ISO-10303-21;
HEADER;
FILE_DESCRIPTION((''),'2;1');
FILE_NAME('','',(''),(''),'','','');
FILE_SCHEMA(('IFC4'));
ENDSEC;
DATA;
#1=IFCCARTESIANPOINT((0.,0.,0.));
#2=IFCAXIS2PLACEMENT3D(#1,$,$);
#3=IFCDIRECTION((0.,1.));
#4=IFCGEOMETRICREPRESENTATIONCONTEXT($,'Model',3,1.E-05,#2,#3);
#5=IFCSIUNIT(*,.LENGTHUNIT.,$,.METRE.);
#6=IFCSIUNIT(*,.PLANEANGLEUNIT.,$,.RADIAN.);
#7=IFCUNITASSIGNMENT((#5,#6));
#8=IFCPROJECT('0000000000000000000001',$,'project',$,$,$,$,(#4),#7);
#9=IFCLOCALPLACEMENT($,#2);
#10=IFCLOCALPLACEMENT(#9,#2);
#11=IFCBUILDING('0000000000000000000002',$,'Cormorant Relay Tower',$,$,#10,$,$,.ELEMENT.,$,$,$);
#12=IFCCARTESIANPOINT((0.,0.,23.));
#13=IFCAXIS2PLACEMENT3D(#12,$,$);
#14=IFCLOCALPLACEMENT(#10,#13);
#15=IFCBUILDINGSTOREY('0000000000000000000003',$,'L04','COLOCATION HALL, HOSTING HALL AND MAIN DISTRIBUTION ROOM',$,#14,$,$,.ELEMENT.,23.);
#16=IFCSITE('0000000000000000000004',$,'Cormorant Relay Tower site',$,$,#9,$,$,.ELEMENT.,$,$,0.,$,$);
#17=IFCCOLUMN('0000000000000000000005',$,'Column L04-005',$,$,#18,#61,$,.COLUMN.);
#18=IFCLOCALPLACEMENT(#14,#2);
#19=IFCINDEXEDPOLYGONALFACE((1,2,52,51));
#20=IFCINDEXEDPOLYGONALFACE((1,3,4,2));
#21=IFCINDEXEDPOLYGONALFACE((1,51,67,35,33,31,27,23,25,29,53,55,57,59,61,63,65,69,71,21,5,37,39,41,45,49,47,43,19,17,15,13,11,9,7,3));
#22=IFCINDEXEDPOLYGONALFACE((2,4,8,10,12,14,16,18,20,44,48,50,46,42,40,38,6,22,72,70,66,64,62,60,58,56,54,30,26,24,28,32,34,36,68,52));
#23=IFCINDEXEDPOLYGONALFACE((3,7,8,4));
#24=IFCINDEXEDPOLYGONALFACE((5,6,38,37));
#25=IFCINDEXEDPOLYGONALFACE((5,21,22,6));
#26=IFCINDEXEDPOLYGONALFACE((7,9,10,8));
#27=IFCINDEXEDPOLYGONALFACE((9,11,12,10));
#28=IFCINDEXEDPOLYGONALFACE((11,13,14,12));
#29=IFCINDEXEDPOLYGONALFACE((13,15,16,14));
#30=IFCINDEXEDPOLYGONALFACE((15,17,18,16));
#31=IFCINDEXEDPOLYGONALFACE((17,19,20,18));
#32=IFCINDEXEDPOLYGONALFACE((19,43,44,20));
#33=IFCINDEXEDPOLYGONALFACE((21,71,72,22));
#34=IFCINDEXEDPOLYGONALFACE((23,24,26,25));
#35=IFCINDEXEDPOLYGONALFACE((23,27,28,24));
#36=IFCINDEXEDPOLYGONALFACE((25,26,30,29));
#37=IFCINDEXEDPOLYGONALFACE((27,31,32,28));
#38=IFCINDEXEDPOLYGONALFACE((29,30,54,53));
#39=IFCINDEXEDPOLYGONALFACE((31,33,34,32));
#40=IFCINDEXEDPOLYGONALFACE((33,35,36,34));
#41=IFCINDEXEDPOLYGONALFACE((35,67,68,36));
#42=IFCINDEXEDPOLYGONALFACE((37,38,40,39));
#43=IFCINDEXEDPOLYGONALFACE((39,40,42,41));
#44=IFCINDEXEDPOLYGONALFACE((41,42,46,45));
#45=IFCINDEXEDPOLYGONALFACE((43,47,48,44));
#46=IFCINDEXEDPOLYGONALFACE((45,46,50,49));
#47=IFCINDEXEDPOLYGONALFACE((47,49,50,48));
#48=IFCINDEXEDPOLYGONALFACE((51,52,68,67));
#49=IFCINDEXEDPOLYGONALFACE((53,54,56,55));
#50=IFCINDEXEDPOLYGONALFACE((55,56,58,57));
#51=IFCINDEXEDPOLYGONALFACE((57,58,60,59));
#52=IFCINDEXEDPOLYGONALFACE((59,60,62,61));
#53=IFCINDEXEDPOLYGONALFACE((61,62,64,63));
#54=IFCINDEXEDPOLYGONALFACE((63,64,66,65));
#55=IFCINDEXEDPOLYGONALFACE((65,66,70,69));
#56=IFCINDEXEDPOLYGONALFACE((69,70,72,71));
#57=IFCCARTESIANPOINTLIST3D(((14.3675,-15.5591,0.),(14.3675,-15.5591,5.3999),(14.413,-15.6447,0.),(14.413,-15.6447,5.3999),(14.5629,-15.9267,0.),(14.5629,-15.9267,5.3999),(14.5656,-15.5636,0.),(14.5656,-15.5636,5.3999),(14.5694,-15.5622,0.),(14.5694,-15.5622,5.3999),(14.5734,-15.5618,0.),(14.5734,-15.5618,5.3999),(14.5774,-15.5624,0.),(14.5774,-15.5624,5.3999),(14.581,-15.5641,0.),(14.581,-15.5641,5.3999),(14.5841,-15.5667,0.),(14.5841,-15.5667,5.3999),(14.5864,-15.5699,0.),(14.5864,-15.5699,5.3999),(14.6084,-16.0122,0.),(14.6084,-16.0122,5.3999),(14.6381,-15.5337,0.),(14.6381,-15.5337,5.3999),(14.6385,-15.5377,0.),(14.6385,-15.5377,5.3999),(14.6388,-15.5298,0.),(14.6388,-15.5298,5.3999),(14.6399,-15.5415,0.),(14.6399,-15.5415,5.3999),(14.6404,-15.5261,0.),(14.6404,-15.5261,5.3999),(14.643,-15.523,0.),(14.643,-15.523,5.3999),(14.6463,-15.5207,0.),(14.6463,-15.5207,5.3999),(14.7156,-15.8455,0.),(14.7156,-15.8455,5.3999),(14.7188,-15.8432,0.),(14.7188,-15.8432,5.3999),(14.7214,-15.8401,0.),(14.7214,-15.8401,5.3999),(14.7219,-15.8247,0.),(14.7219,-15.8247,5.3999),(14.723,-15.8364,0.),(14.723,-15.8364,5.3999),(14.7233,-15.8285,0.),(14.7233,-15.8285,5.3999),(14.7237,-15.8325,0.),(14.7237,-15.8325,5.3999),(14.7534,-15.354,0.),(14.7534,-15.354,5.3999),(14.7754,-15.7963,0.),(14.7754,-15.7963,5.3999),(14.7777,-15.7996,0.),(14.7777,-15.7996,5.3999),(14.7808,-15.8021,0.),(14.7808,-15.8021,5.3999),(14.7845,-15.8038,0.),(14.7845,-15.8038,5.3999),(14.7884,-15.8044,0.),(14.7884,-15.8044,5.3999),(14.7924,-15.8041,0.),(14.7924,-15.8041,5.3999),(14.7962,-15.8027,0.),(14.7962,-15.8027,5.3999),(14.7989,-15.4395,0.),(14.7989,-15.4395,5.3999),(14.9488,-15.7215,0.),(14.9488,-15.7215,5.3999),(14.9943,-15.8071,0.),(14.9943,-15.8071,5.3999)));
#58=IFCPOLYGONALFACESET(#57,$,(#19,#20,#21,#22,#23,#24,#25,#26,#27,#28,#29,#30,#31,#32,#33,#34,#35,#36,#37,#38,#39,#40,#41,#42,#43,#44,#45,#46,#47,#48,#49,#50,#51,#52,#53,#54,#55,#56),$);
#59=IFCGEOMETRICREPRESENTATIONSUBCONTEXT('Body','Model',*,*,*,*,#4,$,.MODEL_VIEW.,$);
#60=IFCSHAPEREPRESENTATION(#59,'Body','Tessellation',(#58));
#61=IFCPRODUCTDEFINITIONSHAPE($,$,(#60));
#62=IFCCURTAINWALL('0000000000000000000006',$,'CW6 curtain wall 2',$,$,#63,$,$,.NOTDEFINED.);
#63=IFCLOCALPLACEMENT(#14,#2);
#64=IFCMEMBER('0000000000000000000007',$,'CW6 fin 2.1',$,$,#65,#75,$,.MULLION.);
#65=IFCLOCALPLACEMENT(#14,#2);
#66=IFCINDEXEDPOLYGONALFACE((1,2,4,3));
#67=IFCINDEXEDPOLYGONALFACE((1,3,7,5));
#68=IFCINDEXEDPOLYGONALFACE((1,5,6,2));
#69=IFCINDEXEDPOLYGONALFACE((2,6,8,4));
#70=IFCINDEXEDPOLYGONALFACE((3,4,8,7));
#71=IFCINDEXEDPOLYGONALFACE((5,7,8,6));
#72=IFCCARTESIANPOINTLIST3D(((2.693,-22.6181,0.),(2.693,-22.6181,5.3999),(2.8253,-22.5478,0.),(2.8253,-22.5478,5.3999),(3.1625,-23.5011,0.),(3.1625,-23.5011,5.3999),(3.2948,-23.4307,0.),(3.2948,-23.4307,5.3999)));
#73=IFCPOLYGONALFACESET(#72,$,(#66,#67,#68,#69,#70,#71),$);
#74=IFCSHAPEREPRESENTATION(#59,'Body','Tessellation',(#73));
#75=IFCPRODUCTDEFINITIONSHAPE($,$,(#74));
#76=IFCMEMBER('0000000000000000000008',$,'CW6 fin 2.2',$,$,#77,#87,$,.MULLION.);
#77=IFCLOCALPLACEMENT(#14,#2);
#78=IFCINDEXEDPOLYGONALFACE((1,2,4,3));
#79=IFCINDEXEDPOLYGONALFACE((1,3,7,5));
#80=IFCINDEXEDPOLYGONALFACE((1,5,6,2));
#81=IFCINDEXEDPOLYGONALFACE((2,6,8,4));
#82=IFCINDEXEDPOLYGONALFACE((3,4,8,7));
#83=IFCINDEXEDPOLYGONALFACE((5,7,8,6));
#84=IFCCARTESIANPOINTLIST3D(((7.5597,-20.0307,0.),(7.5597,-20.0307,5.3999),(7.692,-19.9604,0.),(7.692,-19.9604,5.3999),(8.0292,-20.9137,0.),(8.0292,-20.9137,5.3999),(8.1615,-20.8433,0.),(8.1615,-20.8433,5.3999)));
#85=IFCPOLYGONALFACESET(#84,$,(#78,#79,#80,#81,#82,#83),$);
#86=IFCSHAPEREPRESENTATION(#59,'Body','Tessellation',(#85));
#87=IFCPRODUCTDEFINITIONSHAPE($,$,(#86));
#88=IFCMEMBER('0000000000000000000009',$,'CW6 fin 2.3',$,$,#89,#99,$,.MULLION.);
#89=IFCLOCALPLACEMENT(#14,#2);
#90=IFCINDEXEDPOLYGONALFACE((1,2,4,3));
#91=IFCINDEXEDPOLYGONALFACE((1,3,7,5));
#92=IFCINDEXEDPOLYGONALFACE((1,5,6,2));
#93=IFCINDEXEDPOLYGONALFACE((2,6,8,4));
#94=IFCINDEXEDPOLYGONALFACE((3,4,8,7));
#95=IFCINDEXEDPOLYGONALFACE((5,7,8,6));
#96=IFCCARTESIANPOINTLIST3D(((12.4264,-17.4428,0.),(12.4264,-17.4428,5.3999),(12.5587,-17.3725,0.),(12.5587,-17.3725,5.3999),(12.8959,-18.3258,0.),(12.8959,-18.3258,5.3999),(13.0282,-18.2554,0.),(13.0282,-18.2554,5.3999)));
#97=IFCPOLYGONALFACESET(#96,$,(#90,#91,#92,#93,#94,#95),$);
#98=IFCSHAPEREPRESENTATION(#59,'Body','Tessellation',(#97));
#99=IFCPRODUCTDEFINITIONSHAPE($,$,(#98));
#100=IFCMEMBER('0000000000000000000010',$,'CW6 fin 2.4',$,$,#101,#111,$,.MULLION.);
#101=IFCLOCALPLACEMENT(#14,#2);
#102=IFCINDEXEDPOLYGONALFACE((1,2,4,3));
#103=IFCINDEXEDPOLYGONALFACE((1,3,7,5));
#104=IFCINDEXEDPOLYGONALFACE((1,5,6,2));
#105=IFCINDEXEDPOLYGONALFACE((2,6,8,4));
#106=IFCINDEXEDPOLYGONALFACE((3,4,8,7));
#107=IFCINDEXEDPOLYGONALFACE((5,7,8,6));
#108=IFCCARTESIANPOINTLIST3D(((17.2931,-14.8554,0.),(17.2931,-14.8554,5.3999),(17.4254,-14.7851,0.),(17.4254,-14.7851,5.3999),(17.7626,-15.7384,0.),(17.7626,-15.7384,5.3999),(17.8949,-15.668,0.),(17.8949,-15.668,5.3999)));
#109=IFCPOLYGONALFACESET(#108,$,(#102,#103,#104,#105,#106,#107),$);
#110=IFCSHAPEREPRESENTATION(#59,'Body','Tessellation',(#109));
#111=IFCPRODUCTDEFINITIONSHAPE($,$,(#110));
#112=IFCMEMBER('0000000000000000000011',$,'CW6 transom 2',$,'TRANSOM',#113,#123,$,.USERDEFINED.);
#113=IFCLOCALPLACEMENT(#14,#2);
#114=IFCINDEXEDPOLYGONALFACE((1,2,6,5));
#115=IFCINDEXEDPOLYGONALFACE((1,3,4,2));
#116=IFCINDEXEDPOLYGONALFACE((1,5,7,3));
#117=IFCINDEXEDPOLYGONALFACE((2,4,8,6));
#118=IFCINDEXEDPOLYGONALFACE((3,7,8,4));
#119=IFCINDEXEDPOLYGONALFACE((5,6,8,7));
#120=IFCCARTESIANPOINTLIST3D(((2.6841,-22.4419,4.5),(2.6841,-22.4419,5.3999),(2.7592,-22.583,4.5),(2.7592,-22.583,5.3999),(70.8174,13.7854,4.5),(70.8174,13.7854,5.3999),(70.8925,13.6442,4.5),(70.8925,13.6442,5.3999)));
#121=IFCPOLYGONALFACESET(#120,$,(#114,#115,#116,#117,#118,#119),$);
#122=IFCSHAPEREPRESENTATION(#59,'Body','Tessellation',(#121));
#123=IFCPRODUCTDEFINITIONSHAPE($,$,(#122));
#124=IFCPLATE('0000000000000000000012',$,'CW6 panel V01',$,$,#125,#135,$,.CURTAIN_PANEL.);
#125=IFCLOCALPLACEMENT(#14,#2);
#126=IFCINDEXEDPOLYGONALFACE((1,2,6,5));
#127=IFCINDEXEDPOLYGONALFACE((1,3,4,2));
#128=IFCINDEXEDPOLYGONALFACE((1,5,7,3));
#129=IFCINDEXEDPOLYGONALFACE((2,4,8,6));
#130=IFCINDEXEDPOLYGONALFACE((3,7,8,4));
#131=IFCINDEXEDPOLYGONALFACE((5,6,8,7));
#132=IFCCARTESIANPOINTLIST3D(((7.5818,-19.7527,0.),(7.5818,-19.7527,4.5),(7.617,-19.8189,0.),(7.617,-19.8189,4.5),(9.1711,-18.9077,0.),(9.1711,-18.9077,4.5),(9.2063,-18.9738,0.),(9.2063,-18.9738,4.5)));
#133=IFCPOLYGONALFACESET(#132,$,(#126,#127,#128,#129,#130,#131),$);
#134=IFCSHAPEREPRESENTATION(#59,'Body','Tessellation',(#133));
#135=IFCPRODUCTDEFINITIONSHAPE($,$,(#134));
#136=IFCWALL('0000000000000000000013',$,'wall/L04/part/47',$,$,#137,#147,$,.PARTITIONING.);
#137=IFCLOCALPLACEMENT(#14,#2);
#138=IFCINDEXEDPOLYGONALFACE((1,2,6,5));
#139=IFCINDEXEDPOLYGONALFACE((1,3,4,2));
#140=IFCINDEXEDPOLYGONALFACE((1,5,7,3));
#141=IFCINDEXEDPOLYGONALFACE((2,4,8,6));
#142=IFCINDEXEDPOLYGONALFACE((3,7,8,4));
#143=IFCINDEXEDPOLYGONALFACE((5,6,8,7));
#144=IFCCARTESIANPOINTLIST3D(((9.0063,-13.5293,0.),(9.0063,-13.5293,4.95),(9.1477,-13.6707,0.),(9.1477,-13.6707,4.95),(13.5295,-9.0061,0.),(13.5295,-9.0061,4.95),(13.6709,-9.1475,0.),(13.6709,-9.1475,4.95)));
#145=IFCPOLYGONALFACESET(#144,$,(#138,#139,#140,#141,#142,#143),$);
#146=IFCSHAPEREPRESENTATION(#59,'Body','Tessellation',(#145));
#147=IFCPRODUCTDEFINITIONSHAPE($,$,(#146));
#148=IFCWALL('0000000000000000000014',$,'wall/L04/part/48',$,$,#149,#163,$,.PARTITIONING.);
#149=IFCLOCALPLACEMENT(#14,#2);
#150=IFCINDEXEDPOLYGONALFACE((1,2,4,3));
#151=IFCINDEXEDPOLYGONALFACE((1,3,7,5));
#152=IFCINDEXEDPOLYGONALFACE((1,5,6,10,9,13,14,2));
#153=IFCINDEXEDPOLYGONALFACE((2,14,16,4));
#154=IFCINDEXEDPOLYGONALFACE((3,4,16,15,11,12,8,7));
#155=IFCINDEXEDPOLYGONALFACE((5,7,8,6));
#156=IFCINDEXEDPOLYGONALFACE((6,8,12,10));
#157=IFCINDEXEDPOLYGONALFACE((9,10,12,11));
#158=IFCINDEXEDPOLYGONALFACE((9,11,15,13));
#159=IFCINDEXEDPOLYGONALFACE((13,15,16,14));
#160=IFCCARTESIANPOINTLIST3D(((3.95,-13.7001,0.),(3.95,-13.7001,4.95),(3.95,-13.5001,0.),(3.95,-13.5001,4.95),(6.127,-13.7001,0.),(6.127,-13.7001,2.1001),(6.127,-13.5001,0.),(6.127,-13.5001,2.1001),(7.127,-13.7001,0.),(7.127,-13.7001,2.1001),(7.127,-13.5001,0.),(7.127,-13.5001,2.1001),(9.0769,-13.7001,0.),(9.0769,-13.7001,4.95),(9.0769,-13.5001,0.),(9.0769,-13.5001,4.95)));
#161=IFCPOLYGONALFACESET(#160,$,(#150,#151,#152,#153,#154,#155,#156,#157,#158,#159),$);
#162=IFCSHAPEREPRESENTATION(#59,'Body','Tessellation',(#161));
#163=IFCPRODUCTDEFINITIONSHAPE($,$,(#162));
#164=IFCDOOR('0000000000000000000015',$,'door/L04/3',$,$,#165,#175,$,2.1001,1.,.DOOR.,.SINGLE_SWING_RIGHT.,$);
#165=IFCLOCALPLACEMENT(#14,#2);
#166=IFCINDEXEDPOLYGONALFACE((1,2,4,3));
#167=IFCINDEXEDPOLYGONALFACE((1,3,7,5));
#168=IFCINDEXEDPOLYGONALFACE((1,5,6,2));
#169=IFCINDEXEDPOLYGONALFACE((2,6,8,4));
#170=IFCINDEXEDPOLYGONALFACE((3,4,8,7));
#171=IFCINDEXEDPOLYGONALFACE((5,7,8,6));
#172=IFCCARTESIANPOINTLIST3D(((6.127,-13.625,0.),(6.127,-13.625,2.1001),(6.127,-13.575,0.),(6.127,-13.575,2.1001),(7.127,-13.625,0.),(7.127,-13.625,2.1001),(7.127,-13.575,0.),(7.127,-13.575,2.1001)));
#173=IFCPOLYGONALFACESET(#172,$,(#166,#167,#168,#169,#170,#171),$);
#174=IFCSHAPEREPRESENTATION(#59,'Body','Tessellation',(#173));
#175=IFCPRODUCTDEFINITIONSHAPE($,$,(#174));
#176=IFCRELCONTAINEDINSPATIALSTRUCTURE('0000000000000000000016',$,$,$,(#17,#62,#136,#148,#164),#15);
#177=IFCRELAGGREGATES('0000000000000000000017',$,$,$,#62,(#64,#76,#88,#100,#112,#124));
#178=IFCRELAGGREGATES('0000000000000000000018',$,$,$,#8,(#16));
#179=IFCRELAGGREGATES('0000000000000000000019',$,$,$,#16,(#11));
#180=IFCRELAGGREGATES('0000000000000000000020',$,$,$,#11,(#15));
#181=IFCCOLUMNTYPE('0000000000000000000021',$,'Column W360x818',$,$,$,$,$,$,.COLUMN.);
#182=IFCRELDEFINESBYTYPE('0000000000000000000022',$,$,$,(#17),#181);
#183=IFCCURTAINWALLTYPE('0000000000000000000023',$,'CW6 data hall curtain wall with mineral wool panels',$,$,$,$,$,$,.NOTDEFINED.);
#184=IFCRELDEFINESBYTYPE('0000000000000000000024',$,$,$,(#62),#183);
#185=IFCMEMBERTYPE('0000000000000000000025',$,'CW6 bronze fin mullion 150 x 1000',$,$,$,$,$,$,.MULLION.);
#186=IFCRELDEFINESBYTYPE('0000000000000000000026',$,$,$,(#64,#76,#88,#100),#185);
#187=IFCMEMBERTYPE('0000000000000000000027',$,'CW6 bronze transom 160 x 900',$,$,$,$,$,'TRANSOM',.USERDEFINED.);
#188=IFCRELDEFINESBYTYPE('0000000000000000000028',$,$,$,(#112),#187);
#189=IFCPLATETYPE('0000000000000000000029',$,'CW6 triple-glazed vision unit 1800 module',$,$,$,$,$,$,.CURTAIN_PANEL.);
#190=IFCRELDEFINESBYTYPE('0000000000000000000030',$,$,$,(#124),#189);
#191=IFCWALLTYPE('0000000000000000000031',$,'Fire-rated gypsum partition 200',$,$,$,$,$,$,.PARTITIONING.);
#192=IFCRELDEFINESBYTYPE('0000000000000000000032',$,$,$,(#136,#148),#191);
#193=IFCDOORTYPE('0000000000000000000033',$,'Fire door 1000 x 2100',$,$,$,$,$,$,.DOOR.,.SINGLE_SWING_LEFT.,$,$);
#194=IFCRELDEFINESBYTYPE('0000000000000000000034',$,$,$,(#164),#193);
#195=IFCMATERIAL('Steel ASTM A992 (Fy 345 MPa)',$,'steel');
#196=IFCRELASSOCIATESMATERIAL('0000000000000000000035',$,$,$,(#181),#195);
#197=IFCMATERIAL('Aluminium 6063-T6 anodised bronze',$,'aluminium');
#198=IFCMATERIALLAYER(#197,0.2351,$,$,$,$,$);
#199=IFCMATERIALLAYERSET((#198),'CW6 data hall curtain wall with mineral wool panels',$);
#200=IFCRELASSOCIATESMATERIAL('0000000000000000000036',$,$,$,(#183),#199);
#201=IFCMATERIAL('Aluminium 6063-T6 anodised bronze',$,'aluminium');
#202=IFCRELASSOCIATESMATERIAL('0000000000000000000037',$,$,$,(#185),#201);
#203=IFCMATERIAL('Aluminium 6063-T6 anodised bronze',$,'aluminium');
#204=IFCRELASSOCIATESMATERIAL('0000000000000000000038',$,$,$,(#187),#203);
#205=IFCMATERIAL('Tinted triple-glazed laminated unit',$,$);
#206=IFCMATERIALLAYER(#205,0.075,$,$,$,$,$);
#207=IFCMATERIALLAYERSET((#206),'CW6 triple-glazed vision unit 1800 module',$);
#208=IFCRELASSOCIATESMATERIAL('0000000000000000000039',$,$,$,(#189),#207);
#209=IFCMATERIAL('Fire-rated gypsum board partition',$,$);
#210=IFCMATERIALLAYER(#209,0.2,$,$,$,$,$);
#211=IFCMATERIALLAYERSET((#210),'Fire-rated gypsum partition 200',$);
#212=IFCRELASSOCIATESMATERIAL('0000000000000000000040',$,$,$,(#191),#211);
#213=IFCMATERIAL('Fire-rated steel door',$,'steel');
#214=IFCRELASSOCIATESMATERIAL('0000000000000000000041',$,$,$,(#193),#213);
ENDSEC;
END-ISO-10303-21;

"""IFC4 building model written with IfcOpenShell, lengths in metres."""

from ifc_helpers import new_model, si_unit, direction, frame, frame_2d, origin, origin_2d, place, context, subcontext, project, spatial, rectangle, i_section, extrude, material, layer, layer_set, material_profile, profile_set, type_object, element, fill, aggregate, save


model = new_model("IFC4")

# Units and contexts
model_context = context("Model", 3, precision=1e-05, world=origin(), true_north=direction((0.0, 1.0)))
body_context = subcontext(model_context, "Body", "Model", "MODEL_VIEW")
ifc_project = project(units=[si_unit("LENGTHUNIT", "METRE"), si_unit("PLANEANGLEUNIT", "RADIAN")], contexts=[model_context])

# Site, building, storey
site_placement = place(None, origin())
site = spatial("IfcSite", under=ifc_project, at=site_placement, Name="Cormorant Relay Tower site", CompositionType="ELEMENT", RefElevation=0.0)
building_placement = place(site_placement, origin())
building = spatial("IfcBuilding", under=site, at=building_placement, Name="Cormorant Relay Tower", CompositionType="ELEMENT")
storey_placement = place(building_placement, frame((0.0, 0.0, 23.0)))
storey = spatial("IfcBuildingStorey", under=building, at=storey_placement, Name="L04", Description="COLOCATION HALL, HOSTING HALL AND MAIN DISTRIBUTION ROOM", CompositionType="ELEMENT", Elevation=23.0)

# Column
ifc_material_1 = material(Name="Steel ASTM A992 (Fy 345 MPa)", Category="steel")
ifc_material_profile_1 = material_profile(ifc_material_1, i_section(OverallWidth=0.437, OverallDepth=0.5132, WebThickness=0.0605, FlangeThickness=0.0969, FilletRadius=0.0154, at=origin_2d()), Name="W360x818")
ifc_profile_set_1 = profile_set([ifc_material_profile_1], Name="Steel ASTM A992 (Fy 345 MPa)")
column_type_1 = type_object("IfcColumnType", Name="Column W360x818", PredefinedType="COLUMN", material=ifc_profile_set_1)
for number, where, z_axis, x_axis, name in (
    (1, (14.6809, -15.6831, 0.0), (0.0, 0.0, 1.0), (0.882948, 0.469472, 0.0), "Column L04-005"),
):
    element("IfcColumn", number, at=place(storey_placement, frame(where, z_axis=z_axis, x_axis=x_axis)), inside=storey, type_object=column_type_1, Name=name, PredefinedType="COLUMN", context=body_context, shape_type="SweptSolid", body=[
        extrude(i_section(OverallWidth=0.437, OverallDepth=0.5132, WebThickness=0.0605, FlangeThickness=0.0969, FilletRadius=0.0154, at=origin_2d()), origin(), (0.0, 0.0, 1.0), 5.3999),
    ])

# Curtain wall, members, plate
ifc_material_2 = material(Name="Aluminium 6063-T6 anodised bronze", Category="aluminium")
ifc_layer_1 = layer(ifc_material_2, 0.2351)
ifc_layer_set_1 = layer_set([ifc_layer_1], Name="CW6 data hall curtain wall with mineral wool panels")
curtain_wall_type = type_object("IfcCurtainWallType", Name="CW6 data hall curtain wall with mineral wool panels", PredefinedType="NOTDEFINED", material=ifc_layer_set_1)
curtain_wall_1_placement = place(storey_placement, origin())
curtain_wall_1 = element("IfcCurtainWall", 2, at=curtain_wall_1_placement, inside=storey, type_object=curtain_wall_type, Name="CW6 curtain wall 2", PredefinedType="NOTDEFINED")
ifc_material_3 = material(Name="Aluminium 6063-T6 anodised bronze", Category="aluminium")
ifc_material_profile_2 = material_profile(ifc_material_3, rectangle(XDim=0.1499, YDim=1.0, at=origin_2d()), Name="AL 150x1000")
ifc_profile_set_2 = profile_set([ifc_material_profile_2], Name="Aluminium 6063-T6 anodised bronze")
member_type_1 = type_object("IfcMemberType", Name="CW6 bronze fin mullion 150 x 1000", PredefinedType="MULLION", material=ifc_profile_set_2)
member_1_placement = place(storey_placement, frame((2.9939, -23.0244, 0.0), z_axis=(0.0, 0.0, 1.0), x_axis=(0.882948, 0.469472, 0.0)))
member_1 = element("IfcMember", 3, at=member_1_placement, type_object=member_type_1, Name="CW6 fin 2.1", PredefinedType="MULLION", context=body_context, shape_type="SweptSolid", body=[
    extrude(rectangle(XDim=0.1499, YDim=1.0, at=origin_2d()), origin(), (0.0, 0.0, 1.0), 5.3999),
])
member_2_placement = place(storey_placement, frame((7.8606, -20.437, 0.0), z_axis=(0.0, 0.0, 1.0), x_axis=(0.882948, 0.469472, 0.0)))
member_2 = element("IfcMember", 4, at=member_2_placement, type_object=member_type_1, Name="CW6 fin 2.2", PredefinedType="MULLION", context=body_context, shape_type="SweptSolid", body=[
    extrude(rectangle(XDim=0.1499, YDim=1.0, at=origin_2d()), origin(), (0.0, 0.0, 1.0), 5.3999),
])
member_3_placement = place(storey_placement, frame((12.7273, -17.8491, 0.0), z_axis=(0.0, 0.0, 1.0), x_axis=(0.882948, 0.469472, 0.0)))
member_3 = element("IfcMember", 5, at=member_3_placement, type_object=member_type_1, Name="CW6 fin 2.3", PredefinedType="MULLION", context=body_context, shape_type="SweptSolid", body=[
    extrude(rectangle(XDim=0.1499, YDim=1.0, at=origin_2d()), origin(), (0.0, 0.0, 1.0), 5.3999),
])
member_4_placement = place(storey_placement, frame((17.594, -15.2617, 0.0), z_axis=(0.0, 0.0, 1.0), x_axis=(0.882948, 0.469472, 0.0)))
member_4 = element("IfcMember", 6, at=member_4_placement, type_object=member_type_1, Name="CW6 fin 2.4", PredefinedType="MULLION", context=body_context, shape_type="SweptSolid", body=[
    extrude(rectangle(XDim=0.1499, YDim=1.0, at=origin_2d()), origin(), (0.0, 0.0, 1.0), 5.3999),
])
ifc_material_4 = material(Name="Aluminium 6063-T6 anodised bronze", Category="aluminium")
ifc_material_profile_3 = material_profile(ifc_material_4, rectangle(XDim=0.1599, YDim=0.8999, at=origin_2d()), Name="AL 160x900")
ifc_profile_set_3 = profile_set([ifc_material_profile_3], Name="Aluminium 6063-T6 anodised bronze")
member_type_2 = type_object("IfcMemberType", Name="CW6 bronze transom 160 x 900", ElementType="TRANSOM", PredefinedType="USERDEFINED", material=ifc_profile_set_3)
member_5_placement = place(storey_placement, frame((2.7217, -22.5125, 4.95), z_axis=(0.882947, 0.469473, 0.0), x_axis=(-0.469473, 0.882947, 0.0)))
member_5 = element("IfcMember", 7, at=member_5_placement, type_object=member_type_2, Name="CW6 transom 2", ObjectType="TRANSOM", PredefinedType="USERDEFINED", context=body_context, shape_type="SweptSolid", body=[
    extrude(rectangle(XDim=0.1599, YDim=0.8999, at=origin_2d()), origin(), (0.0, 0.0, 1.0), 77.1658),
])
ifc_material_5 = material(Name="Tinted triple-glazed laminated unit")
ifc_layer_2 = layer(ifc_material_5, 0.075)
ifc_layer_set_2 = layer_set([ifc_layer_2], Name="CW6 triple-glazed vision unit 1800 module")
plate_type = type_object("IfcPlateType", Name="CW6 triple-glazed vision unit 1800 module", PredefinedType="CURTAIN_PANEL", material=ifc_layer_set_2)
plate_placement = place(storey_placement, frame((8.394, -19.3633, 0.0), z_axis=(0.0, 0.0, 1.0), x_axis=(0.882948, 0.469472, 0.0)))
plate = element("IfcPlate", 8, at=plate_placement, type_object=plate_type, Name="CW6 panel V01", PredefinedType="CURTAIN_PANEL", context=body_context, shape_type="SweptSolid", body=[
    extrude(rectangle(XDim=1.8, YDim=0.075, at=origin_2d()), origin(), (0.0, 0.0, 1.0), 4.5),
])

# Wall
ifc_material_6 = material(Name="Fire-rated gypsum board partition")
ifc_layer_3 = layer(ifc_material_6, 0.2)
ifc_layer_set_3 = layer_set([ifc_layer_3], Name="Fire-rated gypsum partition 200")
wall_type_1 = type_object("IfcWallType", Name="Fire-rated gypsum partition 200", PredefinedType="PARTITIONING", material=ifc_layer_set_3)
wall_1_placement = place(storey_placement, frame((13.6001, -9.0769, 0.0), z_axis=(0.0, 0.0, 1.0), x_axis=(-0.707107, -0.707107, 0.0)))
element("IfcWall", 9, at=wall_1_placement, inside=storey, type_object=wall_type_1, Name="wall/L04/part/47", PredefinedType="PARTITIONING", context=body_context, shape_type="SweptSolid", body=[
    extrude(rectangle(XDim=6.3967, YDim=0.2, at=frame_2d((3.1982, 0.0))), origin(), (0.0, 0.0, 1.0), 4.95),
])

# Wall, opening, door
wall_2_placement = place(storey_placement, frame((9.0769, -13.6001, 0.0), z_axis=(0.0, 0.0, 1.0), x_axis=(-1.0, 0.0, 0.0)))
wall_2 = element("IfcWall", 10, at=wall_2_placement, inside=storey, type_object=wall_type_1, Name="wall/L04/part/48", PredefinedType="PARTITIONING", context=body_context, shape_type="SweptSolid", body=[
    extrude(rectangle(XDim=5.127, YDim=0.2, at=frame_2d((2.5635, 0.0))), origin(), (0.0, 0.0, 1.0), 4.95),
])
opening_placement = place(wall_2_placement, frame((1.95, 0.0, 0.0)))
opening = element("IfcOpeningElement", 11, at=opening_placement, cuts=wall_2, PredefinedType="OPENING", context=body_context, shape_type="SweptSolid", body=[
    extrude(rectangle(XDim=1.0, YDim=2.1001, at=frame_2d((0.5, 1.05))), frame((0.0, 0.1099, 0.0), z_axis=(0.0, -1.0, 0.0), x_axis=(1.0, 0.0, 0.0)), (0.0, 0.0, 1.0), 0.22),
])
ifc_material_7 = material(Name="Fire-rated steel door", Category="steel")
door_type = type_object("IfcDoorType", Name="Fire door 1000 x 2100", OperationType="SINGLE_SWING_LEFT", PredefinedType="DOOR", material=ifc_material_7)
door_placement = place(opening_placement, origin())
door = element("IfcDoor", 12, at=door_placement, inside=storey, type_object=door_type, Name="door/L04/3", OperationType="SINGLE_SWING_RIGHT", OverallHeight=2.1001, OverallWidth=1.0, PredefinedType="DOOR", context=body_context, shape_type="SweptSolid", body=[
    extrude(rectangle(XDim=1.0, YDim=2.1001, at=frame_2d((0.5, 1.05))), frame((0.0, 0.0249, 0.0), z_axis=(0.0, -1.0, 0.0), x_axis=(1.0, 0.0, 0.0)), (0.0, 0.0, 1.0), 0.05),
])
fill(opening, door)

aggregate(curtain_wall_1, [member_1, member_2, member_3, member_4, member_5, plate])

save(model, "model.ifc")
